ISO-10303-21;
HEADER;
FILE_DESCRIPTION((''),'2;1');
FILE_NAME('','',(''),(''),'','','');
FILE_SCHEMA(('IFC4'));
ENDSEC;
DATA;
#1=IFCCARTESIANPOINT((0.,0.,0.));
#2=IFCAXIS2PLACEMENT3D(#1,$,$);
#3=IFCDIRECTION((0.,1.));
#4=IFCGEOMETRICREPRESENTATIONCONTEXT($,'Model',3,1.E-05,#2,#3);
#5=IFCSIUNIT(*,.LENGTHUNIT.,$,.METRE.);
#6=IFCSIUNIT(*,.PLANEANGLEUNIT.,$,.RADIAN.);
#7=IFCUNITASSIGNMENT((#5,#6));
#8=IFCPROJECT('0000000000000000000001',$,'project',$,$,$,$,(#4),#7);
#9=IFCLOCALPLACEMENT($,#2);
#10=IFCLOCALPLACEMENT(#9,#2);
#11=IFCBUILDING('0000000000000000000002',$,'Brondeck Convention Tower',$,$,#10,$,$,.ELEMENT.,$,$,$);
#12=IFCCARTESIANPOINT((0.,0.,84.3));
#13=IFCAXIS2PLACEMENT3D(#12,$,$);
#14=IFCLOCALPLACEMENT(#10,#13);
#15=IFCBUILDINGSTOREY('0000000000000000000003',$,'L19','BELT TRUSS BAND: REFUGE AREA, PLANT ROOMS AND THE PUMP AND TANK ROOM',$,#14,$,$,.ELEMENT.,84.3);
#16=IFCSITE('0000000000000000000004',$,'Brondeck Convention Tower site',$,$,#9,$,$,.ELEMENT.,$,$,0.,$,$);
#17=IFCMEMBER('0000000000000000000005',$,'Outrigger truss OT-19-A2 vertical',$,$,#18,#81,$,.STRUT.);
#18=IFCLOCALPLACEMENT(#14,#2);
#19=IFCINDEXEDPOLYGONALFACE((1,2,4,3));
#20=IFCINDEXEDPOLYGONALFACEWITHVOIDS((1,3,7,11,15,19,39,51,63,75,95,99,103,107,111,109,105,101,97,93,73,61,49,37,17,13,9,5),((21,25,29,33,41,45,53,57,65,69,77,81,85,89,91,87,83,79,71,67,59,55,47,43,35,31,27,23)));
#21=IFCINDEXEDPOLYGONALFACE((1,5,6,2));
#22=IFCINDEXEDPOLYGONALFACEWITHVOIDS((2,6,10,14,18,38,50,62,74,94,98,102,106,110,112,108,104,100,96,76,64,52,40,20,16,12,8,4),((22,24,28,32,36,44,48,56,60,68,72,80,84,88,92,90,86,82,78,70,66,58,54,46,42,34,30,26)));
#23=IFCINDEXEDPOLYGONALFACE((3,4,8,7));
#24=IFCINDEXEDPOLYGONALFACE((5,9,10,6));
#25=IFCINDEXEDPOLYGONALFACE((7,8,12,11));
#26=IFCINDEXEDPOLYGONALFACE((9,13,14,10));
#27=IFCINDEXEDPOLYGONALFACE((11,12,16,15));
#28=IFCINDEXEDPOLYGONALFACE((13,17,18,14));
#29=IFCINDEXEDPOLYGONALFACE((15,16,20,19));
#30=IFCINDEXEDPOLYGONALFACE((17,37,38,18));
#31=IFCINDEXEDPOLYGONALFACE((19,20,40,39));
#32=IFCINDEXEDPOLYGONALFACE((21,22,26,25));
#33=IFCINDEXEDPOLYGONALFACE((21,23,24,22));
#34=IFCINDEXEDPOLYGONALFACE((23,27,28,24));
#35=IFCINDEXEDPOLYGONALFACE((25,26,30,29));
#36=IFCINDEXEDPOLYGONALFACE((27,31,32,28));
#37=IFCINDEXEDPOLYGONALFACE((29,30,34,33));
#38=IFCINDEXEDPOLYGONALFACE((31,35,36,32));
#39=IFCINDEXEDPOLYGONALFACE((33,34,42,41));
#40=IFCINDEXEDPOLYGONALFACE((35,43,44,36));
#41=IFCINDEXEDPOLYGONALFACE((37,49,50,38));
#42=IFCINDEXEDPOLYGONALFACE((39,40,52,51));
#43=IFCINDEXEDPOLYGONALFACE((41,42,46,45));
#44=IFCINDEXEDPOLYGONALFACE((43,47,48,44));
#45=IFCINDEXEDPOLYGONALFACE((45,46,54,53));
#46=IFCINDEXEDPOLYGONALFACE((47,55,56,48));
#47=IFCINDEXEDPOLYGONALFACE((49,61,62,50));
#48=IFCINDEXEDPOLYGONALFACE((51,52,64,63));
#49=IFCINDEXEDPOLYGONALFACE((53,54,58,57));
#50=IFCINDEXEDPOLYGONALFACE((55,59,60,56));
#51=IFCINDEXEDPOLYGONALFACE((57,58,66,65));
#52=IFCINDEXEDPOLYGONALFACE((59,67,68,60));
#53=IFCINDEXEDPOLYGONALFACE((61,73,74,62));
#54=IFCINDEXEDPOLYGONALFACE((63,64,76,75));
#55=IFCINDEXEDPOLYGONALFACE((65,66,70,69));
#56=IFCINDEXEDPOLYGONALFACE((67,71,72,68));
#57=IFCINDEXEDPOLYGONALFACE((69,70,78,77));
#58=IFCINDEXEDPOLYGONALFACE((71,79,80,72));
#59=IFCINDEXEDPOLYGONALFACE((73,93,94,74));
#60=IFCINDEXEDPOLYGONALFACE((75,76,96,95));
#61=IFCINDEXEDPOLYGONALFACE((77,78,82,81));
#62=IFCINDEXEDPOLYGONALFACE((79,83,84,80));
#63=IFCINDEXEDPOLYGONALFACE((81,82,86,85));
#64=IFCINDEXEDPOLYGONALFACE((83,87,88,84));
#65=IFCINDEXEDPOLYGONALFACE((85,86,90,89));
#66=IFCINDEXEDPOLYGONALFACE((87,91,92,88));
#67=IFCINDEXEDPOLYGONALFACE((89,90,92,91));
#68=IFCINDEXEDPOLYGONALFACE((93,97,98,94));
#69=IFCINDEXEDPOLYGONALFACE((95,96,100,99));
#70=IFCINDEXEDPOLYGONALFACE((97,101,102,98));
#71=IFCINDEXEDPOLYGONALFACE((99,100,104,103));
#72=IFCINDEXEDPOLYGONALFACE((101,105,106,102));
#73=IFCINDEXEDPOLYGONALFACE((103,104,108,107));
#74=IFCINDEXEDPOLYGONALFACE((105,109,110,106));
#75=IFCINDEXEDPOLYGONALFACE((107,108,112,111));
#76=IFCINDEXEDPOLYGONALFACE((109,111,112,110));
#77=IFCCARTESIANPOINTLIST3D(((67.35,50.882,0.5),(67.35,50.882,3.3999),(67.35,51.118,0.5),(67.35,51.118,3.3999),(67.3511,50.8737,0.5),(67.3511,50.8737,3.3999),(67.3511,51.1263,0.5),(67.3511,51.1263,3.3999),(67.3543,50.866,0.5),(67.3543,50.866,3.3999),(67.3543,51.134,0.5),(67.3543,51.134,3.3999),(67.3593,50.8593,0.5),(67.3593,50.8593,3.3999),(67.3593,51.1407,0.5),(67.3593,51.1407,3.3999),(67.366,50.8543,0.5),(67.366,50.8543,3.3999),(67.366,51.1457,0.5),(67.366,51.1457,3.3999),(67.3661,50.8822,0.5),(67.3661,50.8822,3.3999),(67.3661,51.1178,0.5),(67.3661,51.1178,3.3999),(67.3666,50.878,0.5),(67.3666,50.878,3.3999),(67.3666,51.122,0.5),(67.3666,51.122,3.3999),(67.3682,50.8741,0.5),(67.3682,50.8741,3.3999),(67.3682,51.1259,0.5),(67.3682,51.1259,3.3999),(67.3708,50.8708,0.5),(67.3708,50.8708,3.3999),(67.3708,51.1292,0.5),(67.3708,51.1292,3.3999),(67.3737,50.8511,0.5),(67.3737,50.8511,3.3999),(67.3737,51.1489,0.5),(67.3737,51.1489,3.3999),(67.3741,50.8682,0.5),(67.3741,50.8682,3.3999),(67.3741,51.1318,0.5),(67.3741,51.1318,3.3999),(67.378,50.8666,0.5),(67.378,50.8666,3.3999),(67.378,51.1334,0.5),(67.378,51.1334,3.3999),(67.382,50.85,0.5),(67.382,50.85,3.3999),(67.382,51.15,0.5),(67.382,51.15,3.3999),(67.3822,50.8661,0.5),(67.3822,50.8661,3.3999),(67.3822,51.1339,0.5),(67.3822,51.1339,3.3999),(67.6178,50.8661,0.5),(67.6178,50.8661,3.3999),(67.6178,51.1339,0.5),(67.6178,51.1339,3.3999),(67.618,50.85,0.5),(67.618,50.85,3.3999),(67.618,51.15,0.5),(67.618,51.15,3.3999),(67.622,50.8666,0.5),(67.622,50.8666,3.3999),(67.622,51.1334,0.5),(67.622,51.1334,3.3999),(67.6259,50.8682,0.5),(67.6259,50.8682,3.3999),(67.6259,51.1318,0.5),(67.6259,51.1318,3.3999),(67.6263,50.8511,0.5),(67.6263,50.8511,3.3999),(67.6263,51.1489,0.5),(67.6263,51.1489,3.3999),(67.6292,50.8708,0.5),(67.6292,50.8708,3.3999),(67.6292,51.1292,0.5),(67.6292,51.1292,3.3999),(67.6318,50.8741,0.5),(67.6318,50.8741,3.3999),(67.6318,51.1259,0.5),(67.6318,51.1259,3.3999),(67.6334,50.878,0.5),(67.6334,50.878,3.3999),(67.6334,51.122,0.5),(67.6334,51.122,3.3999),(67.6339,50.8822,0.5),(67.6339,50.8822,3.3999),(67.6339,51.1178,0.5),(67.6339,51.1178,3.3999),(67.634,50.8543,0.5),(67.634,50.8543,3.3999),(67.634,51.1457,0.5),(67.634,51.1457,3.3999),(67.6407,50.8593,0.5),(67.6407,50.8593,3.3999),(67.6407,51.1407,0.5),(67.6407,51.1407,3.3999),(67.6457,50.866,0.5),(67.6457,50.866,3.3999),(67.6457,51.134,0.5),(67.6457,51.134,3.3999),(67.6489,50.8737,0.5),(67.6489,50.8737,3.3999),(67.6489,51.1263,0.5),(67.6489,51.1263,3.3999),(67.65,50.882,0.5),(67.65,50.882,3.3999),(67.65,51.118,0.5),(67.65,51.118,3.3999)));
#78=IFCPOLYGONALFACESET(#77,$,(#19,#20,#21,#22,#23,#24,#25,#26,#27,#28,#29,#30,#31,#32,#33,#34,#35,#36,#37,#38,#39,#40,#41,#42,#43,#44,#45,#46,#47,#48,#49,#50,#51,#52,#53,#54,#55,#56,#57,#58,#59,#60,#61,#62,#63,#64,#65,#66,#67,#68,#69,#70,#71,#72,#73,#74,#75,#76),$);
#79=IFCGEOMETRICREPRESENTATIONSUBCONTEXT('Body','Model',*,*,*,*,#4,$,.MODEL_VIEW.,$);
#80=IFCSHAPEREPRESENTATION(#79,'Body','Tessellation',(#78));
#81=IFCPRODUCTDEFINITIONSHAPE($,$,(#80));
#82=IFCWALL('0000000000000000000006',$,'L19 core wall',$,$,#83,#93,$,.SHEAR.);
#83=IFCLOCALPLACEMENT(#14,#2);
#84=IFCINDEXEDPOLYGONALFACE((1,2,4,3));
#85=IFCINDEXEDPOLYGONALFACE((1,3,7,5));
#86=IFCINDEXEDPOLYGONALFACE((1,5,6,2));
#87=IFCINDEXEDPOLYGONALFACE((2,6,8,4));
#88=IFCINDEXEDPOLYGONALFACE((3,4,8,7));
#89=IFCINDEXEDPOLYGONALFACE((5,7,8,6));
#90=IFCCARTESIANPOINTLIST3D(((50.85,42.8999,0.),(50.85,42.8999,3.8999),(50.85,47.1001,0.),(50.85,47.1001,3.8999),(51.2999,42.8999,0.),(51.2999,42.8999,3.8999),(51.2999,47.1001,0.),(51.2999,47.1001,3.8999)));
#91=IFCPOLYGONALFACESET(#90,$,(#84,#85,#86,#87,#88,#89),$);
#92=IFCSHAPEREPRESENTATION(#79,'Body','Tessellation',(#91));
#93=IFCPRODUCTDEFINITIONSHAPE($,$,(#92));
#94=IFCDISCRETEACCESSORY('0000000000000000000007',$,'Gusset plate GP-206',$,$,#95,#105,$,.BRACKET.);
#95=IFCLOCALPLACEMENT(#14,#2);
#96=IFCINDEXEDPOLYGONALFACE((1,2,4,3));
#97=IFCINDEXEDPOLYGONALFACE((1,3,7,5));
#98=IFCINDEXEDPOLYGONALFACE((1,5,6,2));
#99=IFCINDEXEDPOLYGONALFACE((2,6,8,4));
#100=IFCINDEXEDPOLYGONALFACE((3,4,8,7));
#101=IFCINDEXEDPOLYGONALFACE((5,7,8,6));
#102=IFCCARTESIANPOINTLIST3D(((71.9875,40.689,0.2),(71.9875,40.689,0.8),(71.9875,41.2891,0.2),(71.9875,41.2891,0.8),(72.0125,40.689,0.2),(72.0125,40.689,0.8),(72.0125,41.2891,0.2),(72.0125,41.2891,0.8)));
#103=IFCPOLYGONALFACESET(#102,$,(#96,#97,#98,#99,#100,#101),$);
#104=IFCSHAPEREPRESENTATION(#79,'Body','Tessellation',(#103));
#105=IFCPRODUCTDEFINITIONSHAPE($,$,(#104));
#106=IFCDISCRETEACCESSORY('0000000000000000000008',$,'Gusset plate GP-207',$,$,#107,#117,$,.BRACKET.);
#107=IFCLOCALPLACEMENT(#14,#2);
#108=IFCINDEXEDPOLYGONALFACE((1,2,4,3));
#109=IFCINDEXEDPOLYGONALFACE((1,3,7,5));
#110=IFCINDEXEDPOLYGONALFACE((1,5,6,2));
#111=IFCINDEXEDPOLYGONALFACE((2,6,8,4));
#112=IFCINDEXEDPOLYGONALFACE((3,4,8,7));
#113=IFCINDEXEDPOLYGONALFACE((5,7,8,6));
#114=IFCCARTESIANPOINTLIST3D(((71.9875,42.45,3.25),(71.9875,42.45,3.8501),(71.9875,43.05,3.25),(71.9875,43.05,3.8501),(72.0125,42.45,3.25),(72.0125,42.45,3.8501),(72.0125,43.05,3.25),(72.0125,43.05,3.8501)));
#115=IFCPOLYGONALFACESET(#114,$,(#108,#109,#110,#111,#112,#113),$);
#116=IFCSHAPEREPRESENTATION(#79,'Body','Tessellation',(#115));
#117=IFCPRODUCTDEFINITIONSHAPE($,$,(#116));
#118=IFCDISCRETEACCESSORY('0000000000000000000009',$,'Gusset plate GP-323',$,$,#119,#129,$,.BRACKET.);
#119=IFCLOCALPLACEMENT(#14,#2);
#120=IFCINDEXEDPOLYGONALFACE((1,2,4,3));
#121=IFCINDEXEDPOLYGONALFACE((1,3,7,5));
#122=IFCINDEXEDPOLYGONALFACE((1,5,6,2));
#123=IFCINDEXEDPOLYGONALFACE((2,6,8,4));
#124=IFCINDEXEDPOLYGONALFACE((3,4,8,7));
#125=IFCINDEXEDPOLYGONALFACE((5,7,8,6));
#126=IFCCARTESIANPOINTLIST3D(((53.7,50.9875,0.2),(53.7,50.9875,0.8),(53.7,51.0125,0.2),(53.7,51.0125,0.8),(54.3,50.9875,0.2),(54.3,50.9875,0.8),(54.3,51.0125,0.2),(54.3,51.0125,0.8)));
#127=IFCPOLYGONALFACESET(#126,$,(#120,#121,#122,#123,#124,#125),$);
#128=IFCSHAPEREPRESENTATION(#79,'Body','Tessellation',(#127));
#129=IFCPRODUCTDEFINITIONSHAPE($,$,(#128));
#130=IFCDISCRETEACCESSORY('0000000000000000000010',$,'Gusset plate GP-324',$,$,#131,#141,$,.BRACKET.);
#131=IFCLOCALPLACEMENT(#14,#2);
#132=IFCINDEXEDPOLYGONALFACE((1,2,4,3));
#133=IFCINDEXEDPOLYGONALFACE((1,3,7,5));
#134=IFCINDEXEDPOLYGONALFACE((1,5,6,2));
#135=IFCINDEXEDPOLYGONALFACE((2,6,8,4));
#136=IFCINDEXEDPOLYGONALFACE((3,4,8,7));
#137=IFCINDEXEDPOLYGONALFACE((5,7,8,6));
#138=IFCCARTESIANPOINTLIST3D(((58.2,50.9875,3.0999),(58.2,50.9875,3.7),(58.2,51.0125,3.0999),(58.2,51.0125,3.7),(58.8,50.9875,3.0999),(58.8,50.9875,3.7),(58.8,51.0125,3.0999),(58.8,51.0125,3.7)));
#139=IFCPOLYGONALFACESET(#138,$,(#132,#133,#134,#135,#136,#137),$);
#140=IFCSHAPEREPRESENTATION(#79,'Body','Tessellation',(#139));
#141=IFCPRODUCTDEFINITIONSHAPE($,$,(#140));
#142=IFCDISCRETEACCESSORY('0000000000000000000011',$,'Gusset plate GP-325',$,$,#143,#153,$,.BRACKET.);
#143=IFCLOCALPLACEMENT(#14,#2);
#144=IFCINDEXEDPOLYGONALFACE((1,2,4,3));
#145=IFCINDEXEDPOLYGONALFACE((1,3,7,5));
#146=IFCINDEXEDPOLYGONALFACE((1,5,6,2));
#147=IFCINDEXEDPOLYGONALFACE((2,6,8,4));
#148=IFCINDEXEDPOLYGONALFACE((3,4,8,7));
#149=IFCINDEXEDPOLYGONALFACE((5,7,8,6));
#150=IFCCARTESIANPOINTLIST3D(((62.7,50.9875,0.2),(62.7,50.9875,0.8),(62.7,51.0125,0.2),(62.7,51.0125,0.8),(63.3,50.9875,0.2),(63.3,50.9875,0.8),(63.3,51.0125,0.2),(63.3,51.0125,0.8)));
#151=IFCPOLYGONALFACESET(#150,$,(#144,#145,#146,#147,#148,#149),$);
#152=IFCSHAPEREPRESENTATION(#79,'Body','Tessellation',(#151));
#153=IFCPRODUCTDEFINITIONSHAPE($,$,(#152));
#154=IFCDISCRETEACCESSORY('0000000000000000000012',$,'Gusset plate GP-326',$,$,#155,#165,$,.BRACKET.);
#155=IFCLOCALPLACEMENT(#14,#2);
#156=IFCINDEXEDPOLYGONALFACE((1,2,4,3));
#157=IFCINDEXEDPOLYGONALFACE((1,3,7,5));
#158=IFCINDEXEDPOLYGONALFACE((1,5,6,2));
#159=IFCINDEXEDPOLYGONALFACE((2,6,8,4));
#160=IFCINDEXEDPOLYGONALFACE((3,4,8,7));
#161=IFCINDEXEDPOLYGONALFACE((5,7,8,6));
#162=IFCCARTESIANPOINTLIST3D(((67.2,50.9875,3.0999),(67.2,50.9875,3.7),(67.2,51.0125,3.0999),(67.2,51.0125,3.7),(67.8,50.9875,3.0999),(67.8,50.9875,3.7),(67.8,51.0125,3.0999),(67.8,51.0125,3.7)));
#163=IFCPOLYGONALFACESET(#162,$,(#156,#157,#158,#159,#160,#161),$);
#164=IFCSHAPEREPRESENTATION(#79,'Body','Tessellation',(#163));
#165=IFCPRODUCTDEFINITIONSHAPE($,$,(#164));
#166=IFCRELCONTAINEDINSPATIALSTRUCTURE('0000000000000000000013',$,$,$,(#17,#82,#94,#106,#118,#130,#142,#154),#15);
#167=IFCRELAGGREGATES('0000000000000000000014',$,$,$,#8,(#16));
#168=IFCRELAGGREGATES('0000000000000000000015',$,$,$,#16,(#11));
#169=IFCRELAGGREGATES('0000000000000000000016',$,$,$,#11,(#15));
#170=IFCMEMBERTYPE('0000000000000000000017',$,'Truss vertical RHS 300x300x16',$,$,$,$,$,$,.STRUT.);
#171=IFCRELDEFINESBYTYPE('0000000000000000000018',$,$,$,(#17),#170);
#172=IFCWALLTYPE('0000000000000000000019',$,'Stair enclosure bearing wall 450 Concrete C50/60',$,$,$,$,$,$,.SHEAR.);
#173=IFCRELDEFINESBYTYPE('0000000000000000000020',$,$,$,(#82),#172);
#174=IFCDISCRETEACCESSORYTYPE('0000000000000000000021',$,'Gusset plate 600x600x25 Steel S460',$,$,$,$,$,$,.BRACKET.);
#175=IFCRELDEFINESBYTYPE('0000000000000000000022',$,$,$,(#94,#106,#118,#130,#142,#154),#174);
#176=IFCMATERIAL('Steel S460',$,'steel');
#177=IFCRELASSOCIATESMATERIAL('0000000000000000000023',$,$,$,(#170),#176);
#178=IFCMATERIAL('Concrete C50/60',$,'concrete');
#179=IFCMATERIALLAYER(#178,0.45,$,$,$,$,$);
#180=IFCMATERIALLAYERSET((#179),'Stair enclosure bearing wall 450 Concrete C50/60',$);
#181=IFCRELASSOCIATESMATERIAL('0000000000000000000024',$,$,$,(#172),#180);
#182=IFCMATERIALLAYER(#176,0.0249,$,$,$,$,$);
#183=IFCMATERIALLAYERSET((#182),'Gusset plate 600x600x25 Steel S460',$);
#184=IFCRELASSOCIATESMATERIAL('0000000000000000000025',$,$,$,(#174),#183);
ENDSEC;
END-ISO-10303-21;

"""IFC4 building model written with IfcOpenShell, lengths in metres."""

from ifc_helpers import new_model, si_unit, direction, frame, frame_2d, origin, origin_2d, place, context, subcontext, project, spatial, rectangle, hollow_rectangle, extrude, material, layer, layer_set, material_profile, profile_set, type_object, element, save


model = new_model("IFC4")

# Units and contexts
model_context = context("Model", 3, precision=1e-05, world=origin(), true_north=direction((0.0, 1.0)))
body_context = subcontext(model_context, "Body", "Model", "MODEL_VIEW")
ifc_project = project(units=[si_unit("LENGTHUNIT", "METRE"), si_unit("PLANEANGLEUNIT", "RADIAN")], contexts=[model_context])

# Site, building, storey
site_placement = place(None, origin())
site = spatial("IfcSite", under=ifc_project, at=site_placement, Name="Brondeck Convention Tower site", CompositionType="ELEMENT", RefElevation=0.0)
building_placement = place(site_placement, origin())
building = spatial("IfcBuilding", under=site, at=building_placement, Name="Brondeck Convention Tower", CompositionType="ELEMENT")
storey_placement = place(building_placement, frame((0.0, 0.0, 84.3)))
storey = spatial("IfcBuildingStorey", under=building, at=storey_placement, Name="L19", Description="BELT TRUSS BAND: REFUGE AREA, PLANT ROOMS AND THE PUMP AND TANK ROOM", CompositionType="ELEMENT", Elevation=84.3)

# Shared definitions
ifc_material_1 = material(Name="Steel S460", Category="steel")

# Member
ifc_material_profile_1 = material_profile(ifc_material_1, hollow_rectangle(XDim=0.3, YDim=0.3, WallThickness=0.0161, InnerFilletRadius=0.0161, OuterFilletRadius=0.032, at=origin_2d()), Name="RHS 300x300x16")
ifc_profile_set_1 = profile_set([ifc_material_profile_1], Name="Steel S460")
member_type_1 = type_object("IfcMemberType", Name="Truss vertical RHS 300x300x16", PredefinedType="STRUT", material=ifc_profile_set_1)
for number, where, z_axis, x_axis, name in (
    (1, (67.5, 51.0, 0.5), (0.0, 0.0, 1.0), (1.0, 0.0, 0.0), "Outrigger truss OT-19-A2 vertical"),
):
    element("IfcMember", number, at=place(storey_placement, frame(where, z_axis=z_axis, x_axis=x_axis)), inside=storey, type_object=member_type_1, Name=name, PredefinedType="STRUT", context=body_context, shape_type="SweptSolid", body=[
        extrude(hollow_rectangle(XDim=0.3, YDim=0.3, WallThickness=0.0161, InnerFilletRadius=0.0161, OuterFilletRadius=0.032, at=origin_2d()), origin(), (0.0, 0.0, 1.0), 2.8999),
    ])

# Wall
ifc_material_2 = material(Name="Concrete C50/60", Category="concrete")
ifc_layer_1 = layer(ifc_material_2, 0.45)
ifc_layer_set_1 = layer_set([ifc_layer_1], Name="Stair enclosure bearing wall 450 Concrete C50/60")
wall_type = type_object("IfcWallType", Name="Stair enclosure bearing wall 450 Concrete C50/60", PredefinedType="SHEAR", material=ifc_layer_set_1)
wall_placement = place(storey_placement, frame((51.075, 42.8999, 0.0), z_axis=(0.0, 0.0, 1.0), x_axis=(0.0, 1.0, 0.0)))
element("IfcWall", 2, at=wall_placement, inside=storey, type_object=wall_type, Name="L19 core wall", PredefinedType="SHEAR", context=body_context, shape_type="SweptSolid", body=[
    extrude(rectangle(XDim=4.2002, YDim=0.45, at=frame_2d((2.1001, 0.0))), origin(), (0.0, 0.0, 1.0), 3.8999),
])

# Discrete accessories
ifc_layer_2 = layer(ifc_material_1, 0.0249)
ifc_layer_set_2 = layer_set([ifc_layer_2], Name="Gusset plate 600x600x25 Steel S460")
discrete_accessory_type = type_object("IfcDiscreteAccessoryType", Name="Gusset plate 600x600x25 Steel S460", PredefinedType="BRACKET", material=ifc_layer_set_2)
for number, where, z_axis, x_axis, name in (
    (3, (72.0, 40.989, 0.2), (0.0, 0.0, 1.0), (0.0, 1.0, 0.0), "Gusset plate GP-206"),
    (4, (72.0, 42.75, 3.25), (0.0, 0.0, 1.0), (0.0, 1.0, 0.0), "Gusset plate GP-207"),
    (5, (54.0, 51.0, 0.2), (0.0, 0.0, 1.0), (1.0, 0.0, 0.0), "Gusset plate GP-323"),
    (6, (58.5, 51.0, 3.0999), (0.0, 0.0, 1.0), (1.0, 0.0, 0.0), "Gusset plate GP-324"),
    (7, (63.0, 51.0, 0.2), (0.0, 0.0, 1.0), (1.0, 0.0, 0.0), "Gusset plate GP-325"),
    (8, (67.5, 51.0, 3.0999), (0.0, 0.0, 1.0), (1.0, 0.0, 0.0), "Gusset plate GP-326"),
):
    element("IfcDiscreteAccessory", number, at=place(storey_placement, frame(where, z_axis=z_axis, x_axis=x_axis)), inside=storey, type_object=discrete_accessory_type, Name=name, PredefinedType="BRACKET", context=body_context, shape_type="SweptSolid", body=[
        extrude(rectangle(XDim=0.6001, YDim=0.0249, at=origin_2d()), origin(), (0.0, 0.0, 1.0), 0.6001),
    ])

save(model, "model.ifc")
